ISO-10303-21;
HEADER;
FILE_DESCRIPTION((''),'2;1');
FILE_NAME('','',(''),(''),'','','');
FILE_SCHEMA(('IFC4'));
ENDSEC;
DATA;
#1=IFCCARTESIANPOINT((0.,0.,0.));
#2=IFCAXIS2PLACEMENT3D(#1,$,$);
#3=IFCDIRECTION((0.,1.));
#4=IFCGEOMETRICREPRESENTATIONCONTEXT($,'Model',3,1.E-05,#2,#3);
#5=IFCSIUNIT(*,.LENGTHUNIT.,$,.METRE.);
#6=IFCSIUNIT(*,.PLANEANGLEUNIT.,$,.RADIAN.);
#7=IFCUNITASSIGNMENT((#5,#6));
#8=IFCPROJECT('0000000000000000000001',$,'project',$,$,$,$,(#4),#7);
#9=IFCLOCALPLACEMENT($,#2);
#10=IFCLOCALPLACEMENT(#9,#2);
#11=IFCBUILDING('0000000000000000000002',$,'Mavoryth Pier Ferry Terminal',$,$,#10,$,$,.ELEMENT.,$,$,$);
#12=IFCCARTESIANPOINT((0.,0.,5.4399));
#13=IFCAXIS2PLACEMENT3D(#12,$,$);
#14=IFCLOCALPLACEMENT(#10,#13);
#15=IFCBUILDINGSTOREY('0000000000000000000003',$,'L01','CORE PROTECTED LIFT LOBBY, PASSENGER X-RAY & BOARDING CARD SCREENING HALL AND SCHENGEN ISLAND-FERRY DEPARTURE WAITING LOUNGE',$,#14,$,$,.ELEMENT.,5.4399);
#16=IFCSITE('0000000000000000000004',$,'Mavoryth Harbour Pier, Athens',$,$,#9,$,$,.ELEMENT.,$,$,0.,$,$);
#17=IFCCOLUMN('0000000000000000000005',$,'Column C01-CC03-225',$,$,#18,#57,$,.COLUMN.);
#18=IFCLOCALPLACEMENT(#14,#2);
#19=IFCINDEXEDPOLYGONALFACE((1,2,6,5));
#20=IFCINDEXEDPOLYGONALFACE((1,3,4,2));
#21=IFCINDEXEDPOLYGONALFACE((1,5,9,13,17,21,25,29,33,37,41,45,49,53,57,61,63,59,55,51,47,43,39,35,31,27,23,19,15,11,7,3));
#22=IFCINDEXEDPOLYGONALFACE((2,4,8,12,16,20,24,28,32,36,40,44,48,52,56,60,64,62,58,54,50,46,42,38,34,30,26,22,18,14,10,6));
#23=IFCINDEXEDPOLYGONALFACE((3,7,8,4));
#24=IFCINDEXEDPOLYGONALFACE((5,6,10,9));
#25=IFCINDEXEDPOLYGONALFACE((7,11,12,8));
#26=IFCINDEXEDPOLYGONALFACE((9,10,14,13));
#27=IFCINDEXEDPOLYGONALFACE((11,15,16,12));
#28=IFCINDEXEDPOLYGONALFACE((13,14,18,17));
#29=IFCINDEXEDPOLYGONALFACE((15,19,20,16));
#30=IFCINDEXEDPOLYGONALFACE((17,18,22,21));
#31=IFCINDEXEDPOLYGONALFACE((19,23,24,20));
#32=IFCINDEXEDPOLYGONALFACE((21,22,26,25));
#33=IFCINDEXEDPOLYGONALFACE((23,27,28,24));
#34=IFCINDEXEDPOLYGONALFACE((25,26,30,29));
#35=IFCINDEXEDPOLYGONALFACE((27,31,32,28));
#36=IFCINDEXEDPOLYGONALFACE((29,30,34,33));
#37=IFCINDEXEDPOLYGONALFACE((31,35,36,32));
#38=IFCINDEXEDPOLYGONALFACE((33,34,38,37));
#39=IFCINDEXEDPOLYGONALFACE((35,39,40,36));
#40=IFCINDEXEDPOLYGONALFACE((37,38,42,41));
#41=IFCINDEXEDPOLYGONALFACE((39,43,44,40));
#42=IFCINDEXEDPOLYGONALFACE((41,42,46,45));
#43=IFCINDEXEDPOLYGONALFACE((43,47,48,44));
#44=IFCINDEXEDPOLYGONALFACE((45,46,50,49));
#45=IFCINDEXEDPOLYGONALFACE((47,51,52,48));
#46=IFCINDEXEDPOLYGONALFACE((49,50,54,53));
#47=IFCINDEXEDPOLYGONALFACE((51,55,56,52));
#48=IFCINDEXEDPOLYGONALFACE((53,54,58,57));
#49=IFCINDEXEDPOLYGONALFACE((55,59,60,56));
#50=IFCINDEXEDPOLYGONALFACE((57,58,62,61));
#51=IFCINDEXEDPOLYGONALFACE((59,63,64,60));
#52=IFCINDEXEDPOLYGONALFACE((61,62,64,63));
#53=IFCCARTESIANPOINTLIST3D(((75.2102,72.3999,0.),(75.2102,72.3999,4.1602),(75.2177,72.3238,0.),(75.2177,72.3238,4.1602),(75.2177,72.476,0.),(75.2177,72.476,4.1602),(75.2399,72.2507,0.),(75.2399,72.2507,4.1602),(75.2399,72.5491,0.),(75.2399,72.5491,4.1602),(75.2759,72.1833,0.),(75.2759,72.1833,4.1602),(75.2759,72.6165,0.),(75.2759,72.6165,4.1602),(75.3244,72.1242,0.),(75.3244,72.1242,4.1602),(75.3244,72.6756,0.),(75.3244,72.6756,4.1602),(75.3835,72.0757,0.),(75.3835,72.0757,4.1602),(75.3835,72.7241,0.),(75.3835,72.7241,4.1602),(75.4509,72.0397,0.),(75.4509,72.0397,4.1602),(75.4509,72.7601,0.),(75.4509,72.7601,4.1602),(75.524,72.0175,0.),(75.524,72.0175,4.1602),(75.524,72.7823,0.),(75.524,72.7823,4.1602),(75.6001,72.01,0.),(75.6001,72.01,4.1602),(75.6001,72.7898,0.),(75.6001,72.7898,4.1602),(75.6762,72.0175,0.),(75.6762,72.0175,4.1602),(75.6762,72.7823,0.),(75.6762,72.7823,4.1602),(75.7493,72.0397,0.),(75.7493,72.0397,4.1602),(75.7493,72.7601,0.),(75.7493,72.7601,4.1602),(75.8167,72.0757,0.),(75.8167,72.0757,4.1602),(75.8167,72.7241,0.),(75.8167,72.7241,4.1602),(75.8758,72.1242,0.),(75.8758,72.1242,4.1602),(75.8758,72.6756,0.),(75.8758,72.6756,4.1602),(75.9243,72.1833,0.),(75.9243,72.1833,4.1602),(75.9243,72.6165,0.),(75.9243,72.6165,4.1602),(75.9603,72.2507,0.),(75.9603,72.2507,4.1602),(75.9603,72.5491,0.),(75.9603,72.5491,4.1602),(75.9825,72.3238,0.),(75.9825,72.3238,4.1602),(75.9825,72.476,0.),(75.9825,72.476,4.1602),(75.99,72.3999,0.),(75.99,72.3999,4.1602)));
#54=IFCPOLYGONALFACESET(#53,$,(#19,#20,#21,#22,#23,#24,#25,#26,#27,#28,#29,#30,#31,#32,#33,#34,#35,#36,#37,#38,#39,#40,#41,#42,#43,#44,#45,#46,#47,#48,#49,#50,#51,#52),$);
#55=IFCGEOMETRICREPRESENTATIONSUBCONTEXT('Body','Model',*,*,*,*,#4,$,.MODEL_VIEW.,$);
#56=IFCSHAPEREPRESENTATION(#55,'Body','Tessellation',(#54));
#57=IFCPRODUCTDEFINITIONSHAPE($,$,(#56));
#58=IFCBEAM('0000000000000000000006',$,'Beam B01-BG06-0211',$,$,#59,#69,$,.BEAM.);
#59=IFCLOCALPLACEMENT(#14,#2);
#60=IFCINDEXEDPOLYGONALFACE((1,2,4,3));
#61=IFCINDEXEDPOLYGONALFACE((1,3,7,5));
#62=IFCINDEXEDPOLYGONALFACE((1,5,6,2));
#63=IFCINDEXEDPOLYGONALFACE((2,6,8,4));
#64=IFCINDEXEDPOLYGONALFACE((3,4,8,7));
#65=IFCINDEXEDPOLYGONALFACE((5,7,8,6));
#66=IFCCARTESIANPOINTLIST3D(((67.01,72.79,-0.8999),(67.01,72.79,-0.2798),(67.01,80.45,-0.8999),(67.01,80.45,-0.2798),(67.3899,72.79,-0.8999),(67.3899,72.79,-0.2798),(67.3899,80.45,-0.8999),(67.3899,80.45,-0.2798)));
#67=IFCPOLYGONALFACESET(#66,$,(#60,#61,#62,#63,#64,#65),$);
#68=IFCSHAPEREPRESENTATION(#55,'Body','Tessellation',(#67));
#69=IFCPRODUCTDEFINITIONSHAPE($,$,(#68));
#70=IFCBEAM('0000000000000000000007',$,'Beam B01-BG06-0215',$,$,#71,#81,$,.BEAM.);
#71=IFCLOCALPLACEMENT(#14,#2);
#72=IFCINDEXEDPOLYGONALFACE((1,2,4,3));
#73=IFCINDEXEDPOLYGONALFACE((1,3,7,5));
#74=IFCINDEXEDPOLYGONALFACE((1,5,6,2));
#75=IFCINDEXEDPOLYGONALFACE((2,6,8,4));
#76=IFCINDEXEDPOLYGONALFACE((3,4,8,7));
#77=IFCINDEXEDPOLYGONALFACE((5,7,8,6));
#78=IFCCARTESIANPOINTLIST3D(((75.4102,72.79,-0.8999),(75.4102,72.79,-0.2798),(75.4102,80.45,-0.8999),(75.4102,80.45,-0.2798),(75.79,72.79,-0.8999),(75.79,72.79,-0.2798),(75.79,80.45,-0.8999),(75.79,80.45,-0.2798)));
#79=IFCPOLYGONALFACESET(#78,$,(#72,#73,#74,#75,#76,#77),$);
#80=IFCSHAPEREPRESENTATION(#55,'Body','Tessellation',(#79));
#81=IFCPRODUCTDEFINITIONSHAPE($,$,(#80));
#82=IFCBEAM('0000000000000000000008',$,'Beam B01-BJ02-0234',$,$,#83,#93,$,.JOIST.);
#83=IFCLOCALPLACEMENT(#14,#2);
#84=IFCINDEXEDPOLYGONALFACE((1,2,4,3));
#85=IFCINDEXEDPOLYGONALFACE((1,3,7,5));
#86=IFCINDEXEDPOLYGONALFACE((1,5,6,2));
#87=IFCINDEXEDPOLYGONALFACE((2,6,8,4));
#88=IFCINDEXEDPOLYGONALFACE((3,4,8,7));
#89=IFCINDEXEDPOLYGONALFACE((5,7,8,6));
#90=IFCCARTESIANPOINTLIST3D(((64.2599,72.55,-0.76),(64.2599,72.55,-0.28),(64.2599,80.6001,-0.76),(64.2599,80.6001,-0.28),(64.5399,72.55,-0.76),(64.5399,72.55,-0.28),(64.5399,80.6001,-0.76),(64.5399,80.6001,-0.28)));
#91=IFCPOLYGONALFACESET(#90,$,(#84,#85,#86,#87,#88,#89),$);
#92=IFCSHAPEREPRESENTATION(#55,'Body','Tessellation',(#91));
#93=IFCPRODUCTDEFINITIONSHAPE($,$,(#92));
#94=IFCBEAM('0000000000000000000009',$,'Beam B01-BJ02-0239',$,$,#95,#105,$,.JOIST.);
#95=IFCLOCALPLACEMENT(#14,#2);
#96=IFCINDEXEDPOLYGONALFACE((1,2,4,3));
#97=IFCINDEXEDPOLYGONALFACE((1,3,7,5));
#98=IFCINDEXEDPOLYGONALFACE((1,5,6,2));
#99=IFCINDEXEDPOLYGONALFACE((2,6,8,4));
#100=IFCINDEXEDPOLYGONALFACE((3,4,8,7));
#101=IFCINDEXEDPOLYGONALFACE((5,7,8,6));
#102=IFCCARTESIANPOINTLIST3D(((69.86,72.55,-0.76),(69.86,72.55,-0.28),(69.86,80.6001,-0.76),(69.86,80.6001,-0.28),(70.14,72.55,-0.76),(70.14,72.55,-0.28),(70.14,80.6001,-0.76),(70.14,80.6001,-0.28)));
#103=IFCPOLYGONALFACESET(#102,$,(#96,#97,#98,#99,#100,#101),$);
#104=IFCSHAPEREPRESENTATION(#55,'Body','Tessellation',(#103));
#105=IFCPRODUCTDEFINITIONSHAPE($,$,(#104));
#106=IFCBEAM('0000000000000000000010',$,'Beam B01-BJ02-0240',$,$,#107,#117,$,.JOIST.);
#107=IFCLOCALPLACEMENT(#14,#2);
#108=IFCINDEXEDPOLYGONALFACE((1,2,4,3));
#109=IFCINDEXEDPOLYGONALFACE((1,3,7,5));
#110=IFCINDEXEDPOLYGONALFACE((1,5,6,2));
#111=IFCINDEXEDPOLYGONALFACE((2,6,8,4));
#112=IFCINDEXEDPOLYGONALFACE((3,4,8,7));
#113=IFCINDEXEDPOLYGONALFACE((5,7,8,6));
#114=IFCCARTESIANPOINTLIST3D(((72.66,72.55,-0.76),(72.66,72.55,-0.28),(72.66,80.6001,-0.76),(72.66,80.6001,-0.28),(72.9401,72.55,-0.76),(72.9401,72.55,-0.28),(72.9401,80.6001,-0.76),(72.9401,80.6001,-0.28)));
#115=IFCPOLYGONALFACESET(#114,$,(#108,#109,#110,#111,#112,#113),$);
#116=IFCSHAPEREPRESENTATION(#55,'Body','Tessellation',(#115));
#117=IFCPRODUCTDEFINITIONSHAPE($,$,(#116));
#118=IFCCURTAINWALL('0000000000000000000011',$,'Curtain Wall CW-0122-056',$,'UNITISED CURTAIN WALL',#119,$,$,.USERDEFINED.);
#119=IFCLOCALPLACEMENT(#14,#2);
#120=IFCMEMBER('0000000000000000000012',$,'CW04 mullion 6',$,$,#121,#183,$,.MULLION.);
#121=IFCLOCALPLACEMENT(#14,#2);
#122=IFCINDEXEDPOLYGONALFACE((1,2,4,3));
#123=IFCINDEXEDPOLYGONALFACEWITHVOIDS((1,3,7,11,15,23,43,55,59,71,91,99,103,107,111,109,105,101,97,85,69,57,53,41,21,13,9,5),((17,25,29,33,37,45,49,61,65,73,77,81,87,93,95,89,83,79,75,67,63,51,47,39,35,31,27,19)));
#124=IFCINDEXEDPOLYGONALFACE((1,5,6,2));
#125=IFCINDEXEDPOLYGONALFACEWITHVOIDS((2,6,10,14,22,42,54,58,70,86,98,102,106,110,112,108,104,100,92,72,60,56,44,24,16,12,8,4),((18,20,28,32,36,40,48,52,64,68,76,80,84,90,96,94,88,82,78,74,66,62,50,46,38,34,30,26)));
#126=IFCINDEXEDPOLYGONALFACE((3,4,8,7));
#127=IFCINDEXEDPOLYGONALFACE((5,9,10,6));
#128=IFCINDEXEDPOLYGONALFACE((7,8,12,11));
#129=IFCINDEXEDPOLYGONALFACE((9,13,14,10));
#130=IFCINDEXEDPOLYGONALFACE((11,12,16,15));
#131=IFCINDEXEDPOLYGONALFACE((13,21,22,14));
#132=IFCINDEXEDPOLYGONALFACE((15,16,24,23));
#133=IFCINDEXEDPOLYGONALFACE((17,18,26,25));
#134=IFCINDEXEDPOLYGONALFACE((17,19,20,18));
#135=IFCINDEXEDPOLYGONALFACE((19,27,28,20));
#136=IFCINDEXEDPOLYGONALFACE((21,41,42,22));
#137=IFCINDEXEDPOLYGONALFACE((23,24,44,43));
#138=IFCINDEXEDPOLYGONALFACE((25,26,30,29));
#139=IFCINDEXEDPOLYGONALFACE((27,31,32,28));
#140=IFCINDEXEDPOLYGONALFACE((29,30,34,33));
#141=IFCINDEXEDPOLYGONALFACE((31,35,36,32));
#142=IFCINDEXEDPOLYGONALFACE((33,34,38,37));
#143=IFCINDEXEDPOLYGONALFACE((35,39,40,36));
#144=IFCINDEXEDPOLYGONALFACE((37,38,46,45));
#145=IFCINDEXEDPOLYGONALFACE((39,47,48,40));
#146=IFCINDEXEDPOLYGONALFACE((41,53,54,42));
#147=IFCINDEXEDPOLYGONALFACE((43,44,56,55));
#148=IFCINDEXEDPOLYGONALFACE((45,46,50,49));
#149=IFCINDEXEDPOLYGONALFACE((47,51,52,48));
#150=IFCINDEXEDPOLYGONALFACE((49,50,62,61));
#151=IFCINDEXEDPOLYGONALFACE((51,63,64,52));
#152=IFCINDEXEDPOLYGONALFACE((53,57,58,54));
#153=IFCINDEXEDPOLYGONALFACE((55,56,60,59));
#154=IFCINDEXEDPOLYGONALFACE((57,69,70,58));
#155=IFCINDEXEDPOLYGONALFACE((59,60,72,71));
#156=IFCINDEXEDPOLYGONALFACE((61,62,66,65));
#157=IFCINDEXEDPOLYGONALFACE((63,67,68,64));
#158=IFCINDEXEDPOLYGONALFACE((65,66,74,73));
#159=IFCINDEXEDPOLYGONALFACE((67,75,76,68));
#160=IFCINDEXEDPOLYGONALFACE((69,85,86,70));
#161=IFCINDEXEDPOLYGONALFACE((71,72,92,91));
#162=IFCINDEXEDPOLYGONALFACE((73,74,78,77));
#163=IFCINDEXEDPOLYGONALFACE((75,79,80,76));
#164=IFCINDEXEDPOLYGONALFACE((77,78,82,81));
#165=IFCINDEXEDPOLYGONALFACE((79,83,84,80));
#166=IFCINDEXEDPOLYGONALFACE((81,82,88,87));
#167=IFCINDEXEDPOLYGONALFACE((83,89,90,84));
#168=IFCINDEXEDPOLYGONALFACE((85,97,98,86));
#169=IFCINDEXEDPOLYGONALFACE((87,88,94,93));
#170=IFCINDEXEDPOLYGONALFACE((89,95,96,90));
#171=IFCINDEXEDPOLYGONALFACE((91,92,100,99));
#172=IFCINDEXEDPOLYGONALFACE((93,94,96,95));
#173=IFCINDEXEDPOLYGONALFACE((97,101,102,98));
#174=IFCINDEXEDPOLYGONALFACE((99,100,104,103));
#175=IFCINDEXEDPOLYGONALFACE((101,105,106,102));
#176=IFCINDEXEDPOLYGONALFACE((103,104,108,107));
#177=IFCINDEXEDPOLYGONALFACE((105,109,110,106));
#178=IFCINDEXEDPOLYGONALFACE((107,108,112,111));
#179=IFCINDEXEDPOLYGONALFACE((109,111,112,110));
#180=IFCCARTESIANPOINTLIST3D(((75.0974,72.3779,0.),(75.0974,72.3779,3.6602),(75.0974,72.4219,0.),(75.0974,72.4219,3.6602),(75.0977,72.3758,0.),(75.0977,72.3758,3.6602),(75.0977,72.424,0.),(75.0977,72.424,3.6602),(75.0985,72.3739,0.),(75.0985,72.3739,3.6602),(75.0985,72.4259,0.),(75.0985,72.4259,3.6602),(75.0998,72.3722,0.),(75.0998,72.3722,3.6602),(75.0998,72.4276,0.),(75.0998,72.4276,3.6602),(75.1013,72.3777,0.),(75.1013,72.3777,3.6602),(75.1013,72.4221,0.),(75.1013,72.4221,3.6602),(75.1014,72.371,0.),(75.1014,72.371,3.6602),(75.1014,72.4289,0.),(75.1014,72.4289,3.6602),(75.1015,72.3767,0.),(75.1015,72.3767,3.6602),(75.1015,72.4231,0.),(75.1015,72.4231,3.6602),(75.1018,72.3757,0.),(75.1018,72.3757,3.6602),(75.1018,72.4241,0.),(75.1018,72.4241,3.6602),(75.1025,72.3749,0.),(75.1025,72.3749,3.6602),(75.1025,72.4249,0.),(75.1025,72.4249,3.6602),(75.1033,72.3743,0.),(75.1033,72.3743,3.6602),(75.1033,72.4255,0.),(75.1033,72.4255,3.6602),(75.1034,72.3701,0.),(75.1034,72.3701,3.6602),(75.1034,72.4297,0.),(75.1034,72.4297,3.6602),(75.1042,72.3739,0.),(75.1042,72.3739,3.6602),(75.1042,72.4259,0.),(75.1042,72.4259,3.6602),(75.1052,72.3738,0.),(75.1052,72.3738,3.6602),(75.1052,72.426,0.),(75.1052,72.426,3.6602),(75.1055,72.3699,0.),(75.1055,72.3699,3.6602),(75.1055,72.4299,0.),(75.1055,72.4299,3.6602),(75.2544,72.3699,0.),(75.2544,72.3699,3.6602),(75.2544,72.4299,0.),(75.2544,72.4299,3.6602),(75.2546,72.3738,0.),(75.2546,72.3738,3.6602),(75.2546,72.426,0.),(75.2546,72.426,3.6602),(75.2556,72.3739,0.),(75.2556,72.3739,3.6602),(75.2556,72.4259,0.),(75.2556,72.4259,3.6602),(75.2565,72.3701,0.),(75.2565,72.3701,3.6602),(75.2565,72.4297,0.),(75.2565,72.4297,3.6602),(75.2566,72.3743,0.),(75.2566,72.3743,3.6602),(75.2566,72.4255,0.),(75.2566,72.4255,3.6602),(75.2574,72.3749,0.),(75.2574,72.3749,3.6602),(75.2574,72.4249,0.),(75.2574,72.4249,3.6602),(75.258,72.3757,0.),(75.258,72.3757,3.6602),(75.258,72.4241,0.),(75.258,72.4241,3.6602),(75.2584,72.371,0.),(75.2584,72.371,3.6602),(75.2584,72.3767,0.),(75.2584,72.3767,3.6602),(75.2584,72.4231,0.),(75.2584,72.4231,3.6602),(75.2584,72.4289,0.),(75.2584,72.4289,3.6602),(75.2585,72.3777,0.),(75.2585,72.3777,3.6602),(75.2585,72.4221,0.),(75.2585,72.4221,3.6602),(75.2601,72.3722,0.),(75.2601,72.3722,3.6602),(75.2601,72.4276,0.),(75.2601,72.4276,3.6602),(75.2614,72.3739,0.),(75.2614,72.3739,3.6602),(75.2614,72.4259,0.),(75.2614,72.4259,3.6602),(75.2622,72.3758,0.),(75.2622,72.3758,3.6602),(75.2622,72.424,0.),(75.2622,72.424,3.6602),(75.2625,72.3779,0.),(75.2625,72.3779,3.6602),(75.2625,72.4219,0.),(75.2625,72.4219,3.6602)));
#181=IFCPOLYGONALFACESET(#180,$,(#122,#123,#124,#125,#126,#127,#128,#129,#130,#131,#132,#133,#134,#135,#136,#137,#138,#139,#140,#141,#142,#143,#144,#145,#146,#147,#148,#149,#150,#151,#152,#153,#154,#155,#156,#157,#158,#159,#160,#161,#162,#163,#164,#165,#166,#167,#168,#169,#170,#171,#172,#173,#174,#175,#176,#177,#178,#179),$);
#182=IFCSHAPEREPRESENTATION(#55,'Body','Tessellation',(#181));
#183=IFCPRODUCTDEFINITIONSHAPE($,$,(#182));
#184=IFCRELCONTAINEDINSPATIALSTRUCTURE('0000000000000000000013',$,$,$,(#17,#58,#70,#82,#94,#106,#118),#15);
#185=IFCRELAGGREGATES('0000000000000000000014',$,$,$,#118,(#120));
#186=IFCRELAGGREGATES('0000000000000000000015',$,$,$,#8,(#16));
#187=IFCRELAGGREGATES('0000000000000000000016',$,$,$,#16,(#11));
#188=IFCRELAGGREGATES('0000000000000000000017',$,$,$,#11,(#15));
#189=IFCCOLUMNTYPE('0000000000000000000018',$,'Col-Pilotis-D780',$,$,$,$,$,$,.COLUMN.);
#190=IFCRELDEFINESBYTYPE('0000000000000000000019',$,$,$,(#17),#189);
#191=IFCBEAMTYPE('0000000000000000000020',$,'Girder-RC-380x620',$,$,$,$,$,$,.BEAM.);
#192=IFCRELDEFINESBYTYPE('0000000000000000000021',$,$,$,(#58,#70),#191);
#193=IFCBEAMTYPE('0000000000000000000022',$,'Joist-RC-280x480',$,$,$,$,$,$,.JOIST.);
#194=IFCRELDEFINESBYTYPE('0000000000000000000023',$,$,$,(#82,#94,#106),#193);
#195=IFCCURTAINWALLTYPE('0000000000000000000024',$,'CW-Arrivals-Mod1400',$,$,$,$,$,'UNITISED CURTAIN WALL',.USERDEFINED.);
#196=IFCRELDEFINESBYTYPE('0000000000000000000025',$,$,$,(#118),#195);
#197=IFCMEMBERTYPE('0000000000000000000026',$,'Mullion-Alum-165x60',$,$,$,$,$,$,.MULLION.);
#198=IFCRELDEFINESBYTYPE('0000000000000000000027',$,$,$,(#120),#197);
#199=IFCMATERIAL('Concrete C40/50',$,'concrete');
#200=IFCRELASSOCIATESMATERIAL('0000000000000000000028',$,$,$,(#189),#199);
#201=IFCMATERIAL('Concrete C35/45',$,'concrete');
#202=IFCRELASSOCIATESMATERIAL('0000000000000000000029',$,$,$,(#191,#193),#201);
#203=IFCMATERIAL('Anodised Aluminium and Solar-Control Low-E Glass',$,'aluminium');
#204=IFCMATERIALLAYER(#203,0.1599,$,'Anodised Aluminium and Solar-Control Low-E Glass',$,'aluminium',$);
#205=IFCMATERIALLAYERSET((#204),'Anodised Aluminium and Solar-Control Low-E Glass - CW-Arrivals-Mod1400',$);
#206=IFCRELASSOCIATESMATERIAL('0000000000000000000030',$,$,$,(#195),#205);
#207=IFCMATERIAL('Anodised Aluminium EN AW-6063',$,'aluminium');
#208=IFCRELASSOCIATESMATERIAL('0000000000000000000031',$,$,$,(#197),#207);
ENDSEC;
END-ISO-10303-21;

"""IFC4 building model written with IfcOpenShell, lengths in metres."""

from ifc_helpers import new_model, si_unit, direction, frame, origin, origin_2d, place, context, subcontext, project, spatial, rectangle, hollow_rectangle, circle, extrude, material, layer, layer_set, material_profile, profile_set, type_object, element, aggregate, save


model = new_model("IFC4")

# Units and contexts
model_context = context("Model", 3, precision=1e-05, world=origin(), true_north=direction((0.0, 1.0)))
body_context = subcontext(model_context, "Body", "Model", "MODEL_VIEW")
ifc_project = project(units=[si_unit("LENGTHUNIT", "METRE"), si_unit("PLANEANGLEUNIT", "RADIAN")], contexts=[model_context])

# Site, building, storey
site_placement = place(None, origin())
site = spatial("IfcSite", under=ifc_project, at=site_placement, Name="Mavoryth Harbour Pier, Athens", CompositionType="ELEMENT", RefElevation=0.0)
building_placement = place(site_placement, origin())
building = spatial("IfcBuilding", under=site, at=building_placement, Name="Mavoryth Pier Ferry Terminal", CompositionType="ELEMENT")
storey_placement = place(building_placement, frame((0.0, 0.0, 5.4399)))
storey = spatial("IfcBuildingStorey", under=building, at=storey_placement, Name="L01", Description="CORE PROTECTED LIFT LOBBY, PASSENGER X-RAY & BOARDING CARD SCREENING HALL AND SCHENGEN ISLAND-FERRY DEPARTURE WAITING LOUNGE", CompositionType="ELEMENT", Elevation=5.4399)

# Column
ifc_material_1 = material(Name="Concrete C40/50", Category="concrete")
ifc_material_profile_1 = material_profile(ifc_material_1, circle(Radius=0.3899, at=origin_2d()), Name="RC D780", Category="concrete")
ifc_profile_set_1 = profile_set([ifc_material_profile_1], Name="Concrete C40/50 - RC D780")
column_type = type_object("IfcColumnType", Name="Col-Pilotis-D780", PredefinedType="COLUMN", material=ifc_profile_set_1)
column_placement = place(storey_placement, frame((75.6001, 72.3999, 0.0), z_axis=(0.0, 0.0, 1.0), x_axis=(1.0, 0.0, 0.0)))
element("IfcColumn", 1, at=column_placement, inside=storey, type_object=column_type, Name="Column C01-CC03-225", PredefinedType="COLUMN", context=body_context, shape_type="SweptSolid", body=[
    extrude(circle(Radius=0.3899, at=origin_2d()), origin(), (0.0, 0.0, 1.0), 4.1602),
])

# Beams
ifc_material_2 = material(Name="Concrete C35/45", Category="concrete")
ifc_material_profile_2 = material_profile(ifc_material_2, rectangle(XDim=0.3799, YDim=0.6201, at=origin_2d()), Name="RC 380x620", Category="concrete")
ifc_profile_set_2 = profile_set([ifc_material_profile_2], Name="Concrete C35/45 - RC 380x620")
beam_type_1 = type_object("IfcBeamType", Name="Girder-RC-380x620", PredefinedType="BEAM", material=ifc_profile_set_2)
for number, where, z_axis, x_axis, name in (
    (2, (67.2, 72.79, -0.5898), (0.0, 1.0, 0.0), (-1.0, 0.0, 0.0), "Beam B01-BG06-0211"),
    (3, (75.6001, 72.79, -0.5898), (0.0, 1.0, 0.0), (-1.0, 0.0, 0.0), "Beam B01-BG06-0215"),
):
    element("IfcBeam", number, at=place(storey_placement, frame(where, z_axis=z_axis, x_axis=x_axis)), inside=storey, type_object=beam_type_1, Name=name, PredefinedType="BEAM", context=body_context, shape_type="SweptSolid", body=[
        extrude(rectangle(XDim=0.3799, YDim=0.6201, at=origin_2d()), origin(), (0.0, 0.0, 1.0), 7.6599),
    ])
ifc_material_profile_3 = material_profile(ifc_material_2, rectangle(XDim=0.28, YDim=0.48, at=origin_2d()), Name="RC 280x480", Category="concrete")
ifc_profile_set_3 = profile_set([ifc_material_profile_3], Name="Concrete C35/45 - RC 280x480")
beam_type_2 = type_object("IfcBeamType", Name="Joist-RC-280x480", PredefinedType="JOIST", material=ifc_profile_set_3)
for number, where, z_axis, x_axis, name in (
    (4, (64.3999, 72.55, -0.52), (0.0, 1.0, 0.0), (-1.0, 0.0, 0.0), "Beam B01-BJ02-0234"),
    (5, (70.0, 72.55, -0.52), (0.0, 1.0, 0.0), (-1.0, 0.0, 0.0), "Beam B01-BJ02-0239"),
    (6, (72.8, 72.55, -0.52), (0.0, 1.0, 0.0), (-1.0, 0.0, 0.0), "Beam B01-BJ02-0240"),
):
    element("IfcBeam", number, at=place(storey_placement, frame(where, z_axis=z_axis, x_axis=x_axis)), inside=storey, type_object=beam_type_2, Name=name, PredefinedType="JOIST", context=body_context, shape_type="SweptSolid", body=[
        extrude(rectangle(XDim=0.28, YDim=0.48, at=origin_2d()), origin(), (0.0, 0.0, 1.0), 8.05),
    ])

# Curtain wall, member
ifc_material_3 = material(Name="Anodised Aluminium and Solar-Control Low-E Glass", Category="aluminium")
ifc_layer_1 = layer(ifc_material_3, 0.1599, Name="Anodised Aluminium and Solar-Control Low-E Glass", Category="aluminium")
ifc_layer_set_1 = layer_set([ifc_layer_1], Name="Anodised Aluminium and Solar-Control Low-E Glass - CW-Arrivals-Mod1400")
curtain_wall_type = type_object("IfcCurtainWallType", Name="CW-Arrivals-Mod1400", ElementType="UNITISED CURTAIN WALL", PredefinedType="USERDEFINED", material=ifc_layer_set_1)
curtain_wall_1_placement = place(storey_placement, origin())
curtain_wall_1 = element("IfcCurtainWall", 7, at=curtain_wall_1_placement, inside=storey, type_object=curtain_wall_type, Name="Curtain Wall CW-0122-056", ObjectType="UNITISED CURTAIN WALL", PredefinedType="USERDEFINED")
ifc_material_4 = material(Name="Anodised Aluminium EN AW-6063", Category="aluminium")
ifc_material_profile_4 = material_profile(ifc_material_4, hollow_rectangle(XDim=0.0601, YDim=0.165, WallThickness=0.0039, InnerFilletRadius=0.0039, OuterFilletRadius=0.0081, at=origin_2d()), Name="AL-MULL 165x60x4", Category="aluminium")
ifc_profile_set_4 = profile_set([ifc_material_profile_4], Name="Anodised Aluminium EN AW-6063 - AL-MULL 165x60x4")
member_type_1 = type_object("IfcMemberType", Name="Mullion-Alum-165x60", PredefinedType="MULLION", material=ifc_profile_set_4)
member_1_placement = place(storey_placement, frame((75.1799, 72.3999, 0.0), z_axis=(0.0, 0.0, 1.0), x_axis=(0.0, 1.0, 0.0)))
member_1 = element("IfcMember", 8, at=member_1_placement, type_object=member_type_1, Name="CW04 mullion 6", PredefinedType="MULLION", context=body_context, shape_type="SweptSolid", body=[
    extrude(hollow_rectangle(XDim=0.0601, YDim=0.165, WallThickness=0.0039, InnerFilletRadius=0.0039, OuterFilletRadius=0.0081, at=origin_2d()), origin(), (0.0, 0.0, 1.0), 3.6602),
])

aggregate(curtain_wall_1, [member_1])

save(model, "model.ifc")
